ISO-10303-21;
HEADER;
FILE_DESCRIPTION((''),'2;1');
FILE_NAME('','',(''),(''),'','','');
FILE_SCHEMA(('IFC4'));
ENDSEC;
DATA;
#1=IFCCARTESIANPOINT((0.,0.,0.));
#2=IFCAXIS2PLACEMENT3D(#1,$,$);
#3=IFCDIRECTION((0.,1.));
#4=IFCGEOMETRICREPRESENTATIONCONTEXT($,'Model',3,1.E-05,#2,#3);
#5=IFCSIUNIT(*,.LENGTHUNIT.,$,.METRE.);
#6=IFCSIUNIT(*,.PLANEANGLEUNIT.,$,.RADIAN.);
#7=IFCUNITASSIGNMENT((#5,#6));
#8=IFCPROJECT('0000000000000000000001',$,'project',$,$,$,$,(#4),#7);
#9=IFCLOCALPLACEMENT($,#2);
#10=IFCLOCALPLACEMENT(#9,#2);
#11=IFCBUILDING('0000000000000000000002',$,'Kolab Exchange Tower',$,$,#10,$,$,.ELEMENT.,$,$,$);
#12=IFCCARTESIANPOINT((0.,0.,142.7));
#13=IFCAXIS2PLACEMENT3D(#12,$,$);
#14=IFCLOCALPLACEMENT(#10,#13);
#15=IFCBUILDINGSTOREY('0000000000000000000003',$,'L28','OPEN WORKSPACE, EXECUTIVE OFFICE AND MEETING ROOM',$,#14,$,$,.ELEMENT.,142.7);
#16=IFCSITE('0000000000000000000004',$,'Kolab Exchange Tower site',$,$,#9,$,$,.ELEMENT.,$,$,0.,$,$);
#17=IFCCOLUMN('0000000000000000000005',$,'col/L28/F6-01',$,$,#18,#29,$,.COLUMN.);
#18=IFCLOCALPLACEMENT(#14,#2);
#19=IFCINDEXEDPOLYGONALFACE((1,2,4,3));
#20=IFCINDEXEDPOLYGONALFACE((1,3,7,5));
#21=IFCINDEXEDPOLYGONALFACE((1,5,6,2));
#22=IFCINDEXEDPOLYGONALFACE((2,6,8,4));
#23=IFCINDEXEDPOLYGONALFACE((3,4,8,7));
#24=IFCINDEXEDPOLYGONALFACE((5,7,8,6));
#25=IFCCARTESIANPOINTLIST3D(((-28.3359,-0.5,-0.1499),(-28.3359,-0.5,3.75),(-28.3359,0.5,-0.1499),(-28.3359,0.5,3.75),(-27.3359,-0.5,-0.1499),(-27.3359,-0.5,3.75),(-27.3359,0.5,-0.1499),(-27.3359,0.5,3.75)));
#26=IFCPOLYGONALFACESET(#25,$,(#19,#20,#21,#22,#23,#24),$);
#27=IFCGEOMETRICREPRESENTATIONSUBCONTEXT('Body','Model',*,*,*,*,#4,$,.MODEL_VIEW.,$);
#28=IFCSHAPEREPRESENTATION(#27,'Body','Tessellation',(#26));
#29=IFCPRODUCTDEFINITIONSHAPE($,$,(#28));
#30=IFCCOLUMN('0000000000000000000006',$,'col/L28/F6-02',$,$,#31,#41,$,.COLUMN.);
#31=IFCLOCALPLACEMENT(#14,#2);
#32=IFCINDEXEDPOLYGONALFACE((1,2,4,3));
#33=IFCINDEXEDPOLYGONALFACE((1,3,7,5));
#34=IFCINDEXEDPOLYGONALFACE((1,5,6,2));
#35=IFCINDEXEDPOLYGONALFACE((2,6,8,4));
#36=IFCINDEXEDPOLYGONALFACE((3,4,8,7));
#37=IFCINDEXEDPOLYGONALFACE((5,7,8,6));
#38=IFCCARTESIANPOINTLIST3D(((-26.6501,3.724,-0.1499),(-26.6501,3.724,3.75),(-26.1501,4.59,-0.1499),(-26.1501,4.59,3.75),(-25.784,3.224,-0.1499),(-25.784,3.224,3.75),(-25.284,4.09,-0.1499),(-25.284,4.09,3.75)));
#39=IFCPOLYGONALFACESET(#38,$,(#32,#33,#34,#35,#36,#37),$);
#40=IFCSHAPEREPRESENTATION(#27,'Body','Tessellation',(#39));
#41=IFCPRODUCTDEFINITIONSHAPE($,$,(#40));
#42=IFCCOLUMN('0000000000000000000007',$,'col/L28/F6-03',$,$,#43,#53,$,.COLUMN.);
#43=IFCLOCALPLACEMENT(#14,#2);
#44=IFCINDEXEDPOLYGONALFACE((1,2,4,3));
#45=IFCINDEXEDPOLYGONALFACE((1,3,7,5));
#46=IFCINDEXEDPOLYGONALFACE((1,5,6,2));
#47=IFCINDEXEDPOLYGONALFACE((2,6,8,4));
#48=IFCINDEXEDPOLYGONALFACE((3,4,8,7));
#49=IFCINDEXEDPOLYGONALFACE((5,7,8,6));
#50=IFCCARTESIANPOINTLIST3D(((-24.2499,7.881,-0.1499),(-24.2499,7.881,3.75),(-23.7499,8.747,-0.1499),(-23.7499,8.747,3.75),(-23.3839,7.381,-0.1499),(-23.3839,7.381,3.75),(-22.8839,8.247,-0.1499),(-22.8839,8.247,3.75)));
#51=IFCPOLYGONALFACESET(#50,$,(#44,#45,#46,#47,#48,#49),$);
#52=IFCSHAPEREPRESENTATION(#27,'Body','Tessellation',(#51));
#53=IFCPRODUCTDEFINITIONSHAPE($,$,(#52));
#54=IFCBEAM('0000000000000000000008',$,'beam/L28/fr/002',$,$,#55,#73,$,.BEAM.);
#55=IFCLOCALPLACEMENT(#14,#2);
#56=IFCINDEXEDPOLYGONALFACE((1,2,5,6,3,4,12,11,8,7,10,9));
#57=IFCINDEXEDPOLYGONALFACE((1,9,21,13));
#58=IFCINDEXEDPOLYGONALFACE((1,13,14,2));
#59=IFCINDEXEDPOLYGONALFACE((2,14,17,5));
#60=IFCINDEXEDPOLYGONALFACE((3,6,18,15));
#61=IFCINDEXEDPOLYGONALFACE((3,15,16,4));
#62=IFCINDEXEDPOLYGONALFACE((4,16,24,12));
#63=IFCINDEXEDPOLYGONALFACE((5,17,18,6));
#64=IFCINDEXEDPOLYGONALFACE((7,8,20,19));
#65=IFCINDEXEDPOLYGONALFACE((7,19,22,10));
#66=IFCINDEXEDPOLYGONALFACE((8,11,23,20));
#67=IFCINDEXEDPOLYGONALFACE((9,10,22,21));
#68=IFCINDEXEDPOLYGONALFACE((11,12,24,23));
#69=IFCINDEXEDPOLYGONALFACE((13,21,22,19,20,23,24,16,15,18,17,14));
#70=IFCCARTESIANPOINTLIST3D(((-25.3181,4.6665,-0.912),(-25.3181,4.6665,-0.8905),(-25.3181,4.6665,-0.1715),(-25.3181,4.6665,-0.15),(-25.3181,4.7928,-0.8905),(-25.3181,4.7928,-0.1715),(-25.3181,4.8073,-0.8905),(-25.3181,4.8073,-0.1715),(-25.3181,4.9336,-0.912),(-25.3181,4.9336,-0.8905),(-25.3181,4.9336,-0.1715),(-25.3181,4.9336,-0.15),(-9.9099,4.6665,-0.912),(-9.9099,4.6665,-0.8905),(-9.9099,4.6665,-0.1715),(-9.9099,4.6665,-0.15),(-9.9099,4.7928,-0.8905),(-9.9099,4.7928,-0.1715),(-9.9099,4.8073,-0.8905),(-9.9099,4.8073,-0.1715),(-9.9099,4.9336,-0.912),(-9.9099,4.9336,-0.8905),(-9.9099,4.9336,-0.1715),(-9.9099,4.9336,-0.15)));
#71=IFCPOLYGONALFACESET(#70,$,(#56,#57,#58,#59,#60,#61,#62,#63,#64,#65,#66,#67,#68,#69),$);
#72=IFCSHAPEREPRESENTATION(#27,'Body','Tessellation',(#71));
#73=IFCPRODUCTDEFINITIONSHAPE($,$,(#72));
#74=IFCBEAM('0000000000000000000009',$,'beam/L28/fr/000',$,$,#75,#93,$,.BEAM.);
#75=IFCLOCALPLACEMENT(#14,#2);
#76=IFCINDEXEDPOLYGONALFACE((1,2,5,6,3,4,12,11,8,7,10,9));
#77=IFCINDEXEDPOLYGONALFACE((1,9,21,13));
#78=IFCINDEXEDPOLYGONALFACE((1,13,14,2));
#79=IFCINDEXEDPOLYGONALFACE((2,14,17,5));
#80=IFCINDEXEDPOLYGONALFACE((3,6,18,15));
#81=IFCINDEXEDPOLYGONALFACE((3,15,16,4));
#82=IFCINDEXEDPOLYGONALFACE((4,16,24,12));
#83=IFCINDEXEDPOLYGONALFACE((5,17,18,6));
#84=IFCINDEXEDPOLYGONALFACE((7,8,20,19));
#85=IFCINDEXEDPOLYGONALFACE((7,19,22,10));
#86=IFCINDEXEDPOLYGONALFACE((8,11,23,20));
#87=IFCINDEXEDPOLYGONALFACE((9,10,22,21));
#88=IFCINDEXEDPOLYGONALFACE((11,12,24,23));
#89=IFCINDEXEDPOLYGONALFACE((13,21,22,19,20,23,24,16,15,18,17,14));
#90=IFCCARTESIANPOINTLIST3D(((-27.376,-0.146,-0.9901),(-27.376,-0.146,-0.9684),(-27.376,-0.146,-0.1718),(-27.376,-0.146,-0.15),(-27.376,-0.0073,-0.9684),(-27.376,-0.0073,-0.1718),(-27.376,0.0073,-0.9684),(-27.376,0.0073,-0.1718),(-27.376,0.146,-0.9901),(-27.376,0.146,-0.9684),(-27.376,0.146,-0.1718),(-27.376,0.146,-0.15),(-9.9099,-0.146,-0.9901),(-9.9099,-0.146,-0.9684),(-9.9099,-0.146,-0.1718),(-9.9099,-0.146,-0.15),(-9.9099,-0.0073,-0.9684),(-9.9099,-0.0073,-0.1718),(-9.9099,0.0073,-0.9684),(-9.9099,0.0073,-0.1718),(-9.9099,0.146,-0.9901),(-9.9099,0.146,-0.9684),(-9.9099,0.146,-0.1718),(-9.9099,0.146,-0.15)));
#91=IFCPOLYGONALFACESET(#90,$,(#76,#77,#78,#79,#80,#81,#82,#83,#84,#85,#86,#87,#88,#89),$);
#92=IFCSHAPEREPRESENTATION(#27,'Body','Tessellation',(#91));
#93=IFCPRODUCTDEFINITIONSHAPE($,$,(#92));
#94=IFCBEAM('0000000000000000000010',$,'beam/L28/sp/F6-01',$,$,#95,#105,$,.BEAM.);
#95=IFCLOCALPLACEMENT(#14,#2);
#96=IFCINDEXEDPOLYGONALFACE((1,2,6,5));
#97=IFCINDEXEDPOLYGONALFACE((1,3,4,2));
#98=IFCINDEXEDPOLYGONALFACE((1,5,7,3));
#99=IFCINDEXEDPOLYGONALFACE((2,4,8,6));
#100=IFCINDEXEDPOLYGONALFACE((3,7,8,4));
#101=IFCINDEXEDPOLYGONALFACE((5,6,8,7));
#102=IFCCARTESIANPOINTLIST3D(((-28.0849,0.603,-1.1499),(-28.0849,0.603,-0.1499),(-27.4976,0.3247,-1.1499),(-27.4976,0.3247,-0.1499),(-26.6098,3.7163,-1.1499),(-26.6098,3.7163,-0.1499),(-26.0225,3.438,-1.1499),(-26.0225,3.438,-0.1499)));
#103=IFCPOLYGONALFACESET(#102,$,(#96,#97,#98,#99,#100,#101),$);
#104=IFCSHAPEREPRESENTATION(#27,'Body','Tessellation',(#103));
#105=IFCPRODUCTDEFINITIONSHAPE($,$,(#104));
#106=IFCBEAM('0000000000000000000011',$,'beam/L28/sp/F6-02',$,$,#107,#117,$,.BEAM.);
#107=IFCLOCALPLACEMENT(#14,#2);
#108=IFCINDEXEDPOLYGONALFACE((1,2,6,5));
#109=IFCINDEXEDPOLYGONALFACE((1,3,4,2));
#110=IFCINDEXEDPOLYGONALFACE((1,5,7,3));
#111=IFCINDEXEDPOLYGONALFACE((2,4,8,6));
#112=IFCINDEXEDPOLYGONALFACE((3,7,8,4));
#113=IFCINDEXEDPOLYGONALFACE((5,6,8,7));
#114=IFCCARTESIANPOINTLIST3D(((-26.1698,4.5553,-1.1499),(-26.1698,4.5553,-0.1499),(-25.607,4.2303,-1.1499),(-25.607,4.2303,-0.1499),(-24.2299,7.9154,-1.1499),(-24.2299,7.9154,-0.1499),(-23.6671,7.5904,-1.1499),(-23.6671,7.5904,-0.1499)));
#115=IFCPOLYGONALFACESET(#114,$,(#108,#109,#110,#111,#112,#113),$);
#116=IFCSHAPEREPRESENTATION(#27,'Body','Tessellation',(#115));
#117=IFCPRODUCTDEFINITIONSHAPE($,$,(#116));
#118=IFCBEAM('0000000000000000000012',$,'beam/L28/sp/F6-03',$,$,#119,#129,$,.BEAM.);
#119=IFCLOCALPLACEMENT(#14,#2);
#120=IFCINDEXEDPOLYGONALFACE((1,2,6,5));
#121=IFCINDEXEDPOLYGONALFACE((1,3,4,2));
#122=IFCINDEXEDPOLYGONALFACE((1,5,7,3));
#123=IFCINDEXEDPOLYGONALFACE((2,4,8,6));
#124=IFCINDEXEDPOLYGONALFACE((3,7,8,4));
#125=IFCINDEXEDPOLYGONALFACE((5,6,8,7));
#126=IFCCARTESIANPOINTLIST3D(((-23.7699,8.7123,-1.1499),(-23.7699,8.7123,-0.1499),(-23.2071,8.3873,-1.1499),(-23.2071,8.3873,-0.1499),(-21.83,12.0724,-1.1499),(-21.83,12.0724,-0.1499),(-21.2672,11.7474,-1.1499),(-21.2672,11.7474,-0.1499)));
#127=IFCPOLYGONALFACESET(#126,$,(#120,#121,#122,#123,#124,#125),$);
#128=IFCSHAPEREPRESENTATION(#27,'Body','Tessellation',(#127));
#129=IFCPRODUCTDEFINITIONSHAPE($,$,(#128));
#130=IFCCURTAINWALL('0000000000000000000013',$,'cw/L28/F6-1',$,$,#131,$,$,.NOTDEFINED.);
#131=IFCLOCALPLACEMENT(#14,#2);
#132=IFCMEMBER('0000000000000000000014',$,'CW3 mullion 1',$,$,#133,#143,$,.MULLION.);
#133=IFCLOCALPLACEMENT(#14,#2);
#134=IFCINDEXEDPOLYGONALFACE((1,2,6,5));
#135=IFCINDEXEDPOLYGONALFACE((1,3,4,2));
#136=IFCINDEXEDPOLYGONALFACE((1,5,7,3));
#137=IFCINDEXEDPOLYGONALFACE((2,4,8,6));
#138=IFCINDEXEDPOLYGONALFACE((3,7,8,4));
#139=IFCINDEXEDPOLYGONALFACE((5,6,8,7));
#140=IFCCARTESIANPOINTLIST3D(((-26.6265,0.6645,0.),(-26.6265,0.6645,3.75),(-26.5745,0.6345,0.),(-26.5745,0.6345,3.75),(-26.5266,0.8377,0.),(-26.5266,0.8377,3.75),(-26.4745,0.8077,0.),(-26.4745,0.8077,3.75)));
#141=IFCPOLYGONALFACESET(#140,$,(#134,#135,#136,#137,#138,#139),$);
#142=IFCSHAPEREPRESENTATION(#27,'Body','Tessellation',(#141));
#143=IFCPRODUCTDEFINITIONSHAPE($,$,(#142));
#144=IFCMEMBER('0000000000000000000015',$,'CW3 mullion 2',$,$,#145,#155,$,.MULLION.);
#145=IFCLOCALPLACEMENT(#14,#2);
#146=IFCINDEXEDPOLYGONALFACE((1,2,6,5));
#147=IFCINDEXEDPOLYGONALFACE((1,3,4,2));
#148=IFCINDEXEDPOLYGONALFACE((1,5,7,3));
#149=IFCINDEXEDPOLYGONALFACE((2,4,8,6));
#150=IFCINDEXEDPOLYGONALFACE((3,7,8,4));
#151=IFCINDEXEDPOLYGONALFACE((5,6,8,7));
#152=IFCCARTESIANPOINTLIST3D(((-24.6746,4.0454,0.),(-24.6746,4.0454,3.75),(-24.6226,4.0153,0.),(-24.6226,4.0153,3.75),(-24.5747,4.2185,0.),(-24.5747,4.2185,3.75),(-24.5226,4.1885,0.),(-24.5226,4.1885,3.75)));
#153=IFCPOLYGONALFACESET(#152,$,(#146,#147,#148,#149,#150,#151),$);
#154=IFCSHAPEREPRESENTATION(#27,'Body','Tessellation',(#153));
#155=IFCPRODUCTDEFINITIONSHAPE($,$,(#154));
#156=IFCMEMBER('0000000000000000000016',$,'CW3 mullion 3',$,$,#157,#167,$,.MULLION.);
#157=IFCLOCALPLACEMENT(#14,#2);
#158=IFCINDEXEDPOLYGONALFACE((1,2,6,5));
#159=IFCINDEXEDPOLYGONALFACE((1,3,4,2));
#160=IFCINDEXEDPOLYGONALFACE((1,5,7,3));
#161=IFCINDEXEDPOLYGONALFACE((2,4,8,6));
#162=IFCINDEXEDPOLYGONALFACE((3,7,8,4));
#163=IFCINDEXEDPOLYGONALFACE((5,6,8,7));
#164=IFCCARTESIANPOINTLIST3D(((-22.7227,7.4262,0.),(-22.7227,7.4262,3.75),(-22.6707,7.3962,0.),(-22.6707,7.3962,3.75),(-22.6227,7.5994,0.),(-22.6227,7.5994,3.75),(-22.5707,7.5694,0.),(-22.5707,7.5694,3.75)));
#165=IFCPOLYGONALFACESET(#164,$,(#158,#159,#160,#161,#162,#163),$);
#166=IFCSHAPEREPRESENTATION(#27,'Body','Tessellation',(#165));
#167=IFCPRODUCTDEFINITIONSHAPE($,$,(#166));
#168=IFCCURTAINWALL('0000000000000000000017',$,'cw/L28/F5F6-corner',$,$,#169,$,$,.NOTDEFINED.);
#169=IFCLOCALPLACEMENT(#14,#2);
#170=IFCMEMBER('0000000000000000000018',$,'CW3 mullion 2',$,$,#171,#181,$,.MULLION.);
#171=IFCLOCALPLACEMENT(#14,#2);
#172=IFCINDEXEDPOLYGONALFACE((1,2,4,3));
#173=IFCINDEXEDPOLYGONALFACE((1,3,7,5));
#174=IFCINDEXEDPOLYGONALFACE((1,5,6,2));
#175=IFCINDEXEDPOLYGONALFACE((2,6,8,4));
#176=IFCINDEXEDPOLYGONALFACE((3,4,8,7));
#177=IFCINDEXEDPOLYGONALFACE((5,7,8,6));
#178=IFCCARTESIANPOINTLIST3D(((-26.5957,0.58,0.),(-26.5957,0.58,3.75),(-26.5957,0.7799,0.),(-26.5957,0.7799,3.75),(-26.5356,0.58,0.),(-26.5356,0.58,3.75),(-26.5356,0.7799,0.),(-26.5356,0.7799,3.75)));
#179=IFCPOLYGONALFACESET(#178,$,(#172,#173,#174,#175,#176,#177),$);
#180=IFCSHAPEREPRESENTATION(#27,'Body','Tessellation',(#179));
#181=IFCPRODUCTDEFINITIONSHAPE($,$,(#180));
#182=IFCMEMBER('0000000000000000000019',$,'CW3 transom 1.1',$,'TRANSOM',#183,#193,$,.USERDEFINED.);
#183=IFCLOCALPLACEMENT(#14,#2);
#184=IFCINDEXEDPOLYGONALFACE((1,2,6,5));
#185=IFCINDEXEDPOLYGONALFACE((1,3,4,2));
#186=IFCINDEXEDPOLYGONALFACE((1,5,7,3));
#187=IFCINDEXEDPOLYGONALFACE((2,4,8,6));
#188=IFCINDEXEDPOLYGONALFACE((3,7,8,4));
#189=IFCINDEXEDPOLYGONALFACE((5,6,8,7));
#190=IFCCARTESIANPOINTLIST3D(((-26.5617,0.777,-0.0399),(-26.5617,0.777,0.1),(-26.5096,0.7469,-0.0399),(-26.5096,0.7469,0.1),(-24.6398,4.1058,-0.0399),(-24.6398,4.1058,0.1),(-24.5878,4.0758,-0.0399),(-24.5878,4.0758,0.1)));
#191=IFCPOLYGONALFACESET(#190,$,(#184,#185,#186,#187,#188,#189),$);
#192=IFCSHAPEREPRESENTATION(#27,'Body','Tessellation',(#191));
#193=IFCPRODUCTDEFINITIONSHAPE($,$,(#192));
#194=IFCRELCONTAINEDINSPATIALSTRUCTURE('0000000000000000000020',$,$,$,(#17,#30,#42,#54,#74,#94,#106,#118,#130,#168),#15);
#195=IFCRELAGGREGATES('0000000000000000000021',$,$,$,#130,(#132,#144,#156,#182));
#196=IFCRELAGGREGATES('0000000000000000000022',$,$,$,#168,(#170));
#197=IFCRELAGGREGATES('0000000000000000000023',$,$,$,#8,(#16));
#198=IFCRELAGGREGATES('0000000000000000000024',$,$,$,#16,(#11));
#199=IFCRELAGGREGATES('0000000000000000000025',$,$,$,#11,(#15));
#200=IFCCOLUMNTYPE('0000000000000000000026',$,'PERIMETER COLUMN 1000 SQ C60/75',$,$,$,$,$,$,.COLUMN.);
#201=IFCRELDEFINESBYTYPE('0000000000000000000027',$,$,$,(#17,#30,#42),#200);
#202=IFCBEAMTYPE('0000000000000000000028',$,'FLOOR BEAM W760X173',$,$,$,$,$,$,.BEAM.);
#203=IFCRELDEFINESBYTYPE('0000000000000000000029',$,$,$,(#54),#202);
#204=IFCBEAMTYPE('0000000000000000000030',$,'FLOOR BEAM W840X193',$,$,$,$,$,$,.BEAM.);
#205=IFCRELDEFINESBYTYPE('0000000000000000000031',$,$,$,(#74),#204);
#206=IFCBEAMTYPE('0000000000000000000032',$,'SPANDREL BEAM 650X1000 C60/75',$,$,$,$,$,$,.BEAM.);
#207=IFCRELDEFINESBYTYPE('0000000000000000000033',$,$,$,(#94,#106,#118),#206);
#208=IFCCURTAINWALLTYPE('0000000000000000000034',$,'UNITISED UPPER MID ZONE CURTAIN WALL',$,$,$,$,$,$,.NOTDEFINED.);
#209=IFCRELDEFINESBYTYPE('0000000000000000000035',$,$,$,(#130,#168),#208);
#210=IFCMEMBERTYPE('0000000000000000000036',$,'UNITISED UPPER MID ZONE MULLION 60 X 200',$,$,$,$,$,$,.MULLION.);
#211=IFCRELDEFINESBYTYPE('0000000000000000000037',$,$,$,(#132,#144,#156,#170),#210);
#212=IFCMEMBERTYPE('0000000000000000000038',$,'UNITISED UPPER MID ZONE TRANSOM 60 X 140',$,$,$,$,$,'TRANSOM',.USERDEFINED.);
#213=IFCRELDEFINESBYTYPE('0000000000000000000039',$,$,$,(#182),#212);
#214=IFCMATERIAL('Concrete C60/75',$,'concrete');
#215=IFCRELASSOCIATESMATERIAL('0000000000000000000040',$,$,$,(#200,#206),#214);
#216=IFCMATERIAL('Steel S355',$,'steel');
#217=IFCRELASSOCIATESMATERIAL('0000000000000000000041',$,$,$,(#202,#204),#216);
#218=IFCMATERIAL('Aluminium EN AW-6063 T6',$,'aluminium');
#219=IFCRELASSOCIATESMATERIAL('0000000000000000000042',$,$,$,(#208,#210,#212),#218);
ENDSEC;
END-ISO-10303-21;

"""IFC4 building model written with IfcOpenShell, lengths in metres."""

from ifc_helpers import new_model, si_unit, direction, frame, origin, origin_2d, place, context, subcontext, project, spatial, rectangle, i_section, extrude, material, material_profile, profile_set, type_object, element, aggregate, save


model = new_model("IFC4")

# Units and contexts
model_context = context("Model", 3, precision=1e-05, world=origin(), true_north=direction((0.0, 1.0)))
body_context = subcontext(model_context, "Body", "Model", "MODEL_VIEW")
ifc_project = project(units=[si_unit("LENGTHUNIT", "METRE"), si_unit("PLANEANGLEUNIT", "RADIAN")], contexts=[model_context])

# Site, building, storey
site_placement = place(None, origin())
site = spatial("IfcSite", under=ifc_project, at=site_placement, Name="Kolab Exchange Tower site", CompositionType="ELEMENT", RefElevation=0.0)
building_placement = place(site_placement, origin())
building = spatial("IfcBuilding", under=site, at=building_placement, Name="Kolab Exchange Tower", CompositionType="ELEMENT")
storey_placement = place(building_placement, frame((0.0, 0.0, 142.7)))
storey = spatial("IfcBuildingStorey", under=building, at=storey_placement, Name="L28", Description="OPEN WORKSPACE, EXECUTIVE OFFICE AND MEETING ROOM", CompositionType="ELEMENT", Elevation=142.7)

# Columns
ifc_material_1 = material(Name="Concrete C60/75", Category="concrete")
ifc_material_profile_1 = material_profile(ifc_material_1, rectangle(XDim=1.0, YDim=1.0, at=origin_2d()), Name="RC1000")
ifc_profile_set_1 = profile_set([ifc_material_profile_1], Name="Concrete C60/75")
column_type = type_object("IfcColumnType", Name="PERIMETER COLUMN 1000 SQ C60/75", PredefinedType="COLUMN", material=ifc_profile_set_1)
for number, where, z_axis, x_axis, name in (
    (1, (-27.8359, 0.0, -0.1499), (0.0, 0.0, 1.0), (1.0, 0.0, 0.0), "col/L28/F6-01"),
    (2, (-25.967, 3.907, -0.1499), (0.0, 0.0, 1.0), (0.5, 0.866025, 0.0), "col/L28/F6-02"),
    (3, (-23.5669, 8.064, -0.1499), (0.0, 0.0, 1.0), (0.5, 0.866025, 0.0), "col/L28/F6-03"),
):
    element("IfcColumn", number, at=place(storey_placement, frame(where, z_axis=z_axis, x_axis=x_axis)), inside=storey, type_object=column_type, Name=name, PredefinedType="COLUMN", context=body_context, shape_type="SweptSolid", body=[
        extrude(rectangle(XDim=1.0, YDim=1.0, at=origin_2d()), origin(), (0.0, 0.0, 1.0), 3.8999),
    ])

# Beams
ifc_material_2 = material(Name="Steel S355", Category="steel")
ifc_material_profile_2 = material_profile(ifc_material_2, i_section(OverallWidth=0.2671, OverallDepth=0.762, WebThickness=0.0144, FlangeThickness=0.0215, at=origin_2d()), Name="W760X173")
ifc_profile_set_2 = profile_set([ifc_material_profile_2], Name="Steel S355")
beam_type_1 = type_object("IfcBeamType", Name="FLOOR BEAM W760X173", PredefinedType="BEAM", material=ifc_profile_set_2)
beam_1_placement = place(storey_placement, frame((-25.3181, 4.8, -0.531), z_axis=(1.0, 0.0, 0.0), x_axis=(0.0, 1.0, 0.0)))
element("IfcBeam", 4, at=beam_1_placement, inside=storey, type_object=beam_type_1, Name="beam/L28/fr/002", PredefinedType="BEAM", context=body_context, shape_type="SweptSolid", body=[
    extrude(i_section(OverallWidth=0.2671, OverallDepth=0.762, WebThickness=0.0144, FlangeThickness=0.0215, at=origin_2d()), origin(), (0.0, 0.0, 1.0), 15.4082),
])
ifc_material_profile_3 = material_profile(ifc_material_2, i_section(OverallWidth=0.292, OverallDepth=0.8401, WebThickness=0.0146, FlangeThickness=0.0217, at=origin_2d()), Name="W840X193")
ifc_profile_set_3 = profile_set([ifc_material_profile_3], Name="Steel S355")
beam_type_2 = type_object("IfcBeamType", Name="FLOOR BEAM W840X193", PredefinedType="BEAM", material=ifc_profile_set_3)
beam_2_placement = place(storey_placement, frame((-27.376, 0.0, -0.5701), z_axis=(1.0, 0.0, 0.0), x_axis=(0.0, 1.0, 0.0)))
element("IfcBeam", 5, at=beam_2_placement, inside=storey, type_object=beam_type_2, Name="beam/L28/fr/000", PredefinedType="BEAM", context=body_context, shape_type="SweptSolid", body=[
    extrude(i_section(OverallWidth=0.292, OverallDepth=0.8401, WebThickness=0.0146, FlangeThickness=0.0217, at=origin_2d()), origin(), (0.0, 0.0, 1.0), 17.4661),
])
ifc_material_profile_4 = material_profile(ifc_material_1, rectangle(XDim=0.6499, YDim=1.0, at=origin_2d()), Name="RC650X1000")
ifc_profile_set_4 = profile_set([ifc_material_profile_4], Name="Concrete C60/75")
beam_type_3 = type_object("IfcBeamType", Name="SPANDREL BEAM 650X1000 C60/75", PredefinedType="BEAM", material=ifc_profile_set_4)
beam_3_placement = place(storey_placement, frame((-27.7913, 0.4639, -0.6499), z_axis=(0.428178, 0.903695, 0.0), x_axis=(-0.903695, 0.428178, 0.0)))
element("IfcBeam", 6, at=beam_3_placement, inside=storey, type_object=beam_type_3, Name="beam/L28/sp/F6-01", PredefinedType="BEAM", context=body_context, shape_type="SweptSolid", body=[
    extrude(rectangle(XDim=0.6499, YDim=1.0, at=origin_2d()), origin(), (0.0, 0.0, 1.0), 3.4451),
])
for number, where, z_axis, x_axis, name in (
    (7, (-25.8884, 4.3928, -0.6499), (0.499997, 0.866027, 0.0), (-0.866027, 0.499997, 0.0), "beam/L28/sp/F6-02"),
    (8, (-23.4885, 8.5498, -0.6499), (0.499997, 0.866027, 0.0), (-0.866027, 0.499997, 0.0), "beam/L28/sp/F6-03"),
):
    element("IfcBeam", number, at=place(storey_placement, frame(where, z_axis=z_axis, x_axis=x_axis)), inside=storey, type_object=beam_type_3, Name=name, PredefinedType="BEAM", context=body_context, shape_type="SweptSolid", body=[
        extrude(rectangle(XDim=0.6499, YDim=1.0, at=origin_2d()), origin(), (0.0, 0.0, 1.0), 3.8799),
    ])

# Curtain wall, members
ifc_material_3 = material(Name="Aluminium EN AW-6063 T6", Category="aluminium")
curtain_wall_type = type_object("IfcCurtainWallType", Name="UNITISED UPPER MID ZONE CURTAIN WALL", PredefinedType="NOTDEFINED", material=ifc_material_3)
curtain_wall_1_placement = place(storey_placement, origin())
curtain_wall_1 = element("IfcCurtainWall", 9, at=curtain_wall_1_placement, inside=storey, type_object=curtain_wall_type, Name="cw/L28/F6-1", PredefinedType="NOTDEFINED")
ifc_material_profile_5 = material_profile(ifc_material_3, rectangle(XDim=0.0601, YDim=0.2, at=origin_2d()), Name="RECT 60X200")
ifc_profile_set_5 = profile_set([ifc_material_profile_5], Name="Aluminium EN AW-6063 T6")
member_type_1 = type_object("IfcMemberType", Name="UNITISED UPPER MID ZONE MULLION 60 X 200", PredefinedType="MULLION", material=ifc_profile_set_5)
member_1_placement = place(storey_placement, frame((-26.5505, 0.7361, 0.0), z_axis=(0.0, 0.0, 1.0), x_axis=(-0.866025, 0.5, 0.0)))
member_1 = element("IfcMember", 10, at=member_1_placement, type_object=member_type_1, Name="CW3 mullion 1", PredefinedType="MULLION", context=body_context, shape_type="SweptSolid", body=[
    extrude(rectangle(XDim=0.0601, YDim=0.2, at=origin_2d()), origin(), (0.0, 0.0, 1.0), 3.75),
])
member_2_placement = place(storey_placement, frame((-24.5986, 4.1169, 0.0), z_axis=(0.0, 0.0, 1.0), x_axis=(-0.866025, 0.5, 0.0)))
member_2 = element("IfcMember", 11, at=member_2_placement, type_object=member_type_1, Name="CW3 mullion 2", PredefinedType="MULLION", context=body_context, shape_type="SweptSolid", body=[
    extrude(rectangle(XDim=0.0601, YDim=0.2, at=origin_2d()), origin(), (0.0, 0.0, 1.0), 3.75),
])
member_3_placement = place(storey_placement, frame((-22.6467, 7.4978, 0.0), z_axis=(0.0, 0.0, 1.0), x_axis=(-0.866025, 0.5, 0.0)))
member_3 = element("IfcMember", 12, at=member_3_placement, type_object=member_type_1, Name="CW3 mullion 3", PredefinedType="MULLION", context=body_context, shape_type="SweptSolid", body=[
    extrude(rectangle(XDim=0.0601, YDim=0.2, at=origin_2d()), origin(), (0.0, 0.0, 1.0), 3.75),
])

# Curtain wall, member
curtain_wall_2_placement = place(storey_placement, origin())
curtain_wall_2 = element("IfcCurtainWall", 13, at=curtain_wall_2_placement, inside=storey, type_object=curtain_wall_type, Name="cw/L28/F5F6-corner", PredefinedType="NOTDEFINED")
member_4_placement = place(storey_placement, frame((-26.5657, 0.6799, 0.0), z_axis=(0.0, 0.0, 1.0), x_axis=(-1.0, 0.0, 0.0)))
member_4 = element("IfcMember", 14, at=member_4_placement, type_object=member_type_1, Name="CW3 mullion 2", PredefinedType="MULLION", context=body_context, shape_type="SweptSolid", body=[
    extrude(rectangle(XDim=0.0601, YDim=0.2, at=origin_2d()), origin(), (0.0, 0.0, 1.0), 3.75),
])

# Member
ifc_material_profile_6 = material_profile(ifc_material_3, rectangle(XDim=0.0601, YDim=0.1399, at=origin_2d()), Name="RECT 60X140")
ifc_profile_set_6 = profile_set([ifc_material_profile_6], Name="Aluminium EN AW-6063 T6")
member_type_2 = type_object("IfcMemberType", Name="UNITISED UPPER MID ZONE TRANSOM 60 X 140", ElementType="TRANSOM", PredefinedType="USERDEFINED", material=ifc_profile_set_6)
member_5_placement = place(storey_placement, frame((-26.5356, 0.762, 0.03), z_axis=(0.499992, 0.86603, 0.0), x_axis=(-0.86603, 0.499992, 0.0)))
member_5 = element("IfcMember", 15, at=member_5_placement, type_object=member_type_2, Name="CW3 transom 1.1", ObjectType="TRANSOM", PredefinedType="USERDEFINED", context=body_context, shape_type="SweptSolid", body=[
    extrude(rectangle(XDim=0.0601, YDim=0.1399, at=origin_2d()), origin(), (0.0, 0.0, 1.0), 3.8438),
])

aggregate(curtain_wall_1, [member_1, member_2, member_3, member_5])
aggregate(curtain_wall_2, [member_4])

save(model, "model.ifc")
